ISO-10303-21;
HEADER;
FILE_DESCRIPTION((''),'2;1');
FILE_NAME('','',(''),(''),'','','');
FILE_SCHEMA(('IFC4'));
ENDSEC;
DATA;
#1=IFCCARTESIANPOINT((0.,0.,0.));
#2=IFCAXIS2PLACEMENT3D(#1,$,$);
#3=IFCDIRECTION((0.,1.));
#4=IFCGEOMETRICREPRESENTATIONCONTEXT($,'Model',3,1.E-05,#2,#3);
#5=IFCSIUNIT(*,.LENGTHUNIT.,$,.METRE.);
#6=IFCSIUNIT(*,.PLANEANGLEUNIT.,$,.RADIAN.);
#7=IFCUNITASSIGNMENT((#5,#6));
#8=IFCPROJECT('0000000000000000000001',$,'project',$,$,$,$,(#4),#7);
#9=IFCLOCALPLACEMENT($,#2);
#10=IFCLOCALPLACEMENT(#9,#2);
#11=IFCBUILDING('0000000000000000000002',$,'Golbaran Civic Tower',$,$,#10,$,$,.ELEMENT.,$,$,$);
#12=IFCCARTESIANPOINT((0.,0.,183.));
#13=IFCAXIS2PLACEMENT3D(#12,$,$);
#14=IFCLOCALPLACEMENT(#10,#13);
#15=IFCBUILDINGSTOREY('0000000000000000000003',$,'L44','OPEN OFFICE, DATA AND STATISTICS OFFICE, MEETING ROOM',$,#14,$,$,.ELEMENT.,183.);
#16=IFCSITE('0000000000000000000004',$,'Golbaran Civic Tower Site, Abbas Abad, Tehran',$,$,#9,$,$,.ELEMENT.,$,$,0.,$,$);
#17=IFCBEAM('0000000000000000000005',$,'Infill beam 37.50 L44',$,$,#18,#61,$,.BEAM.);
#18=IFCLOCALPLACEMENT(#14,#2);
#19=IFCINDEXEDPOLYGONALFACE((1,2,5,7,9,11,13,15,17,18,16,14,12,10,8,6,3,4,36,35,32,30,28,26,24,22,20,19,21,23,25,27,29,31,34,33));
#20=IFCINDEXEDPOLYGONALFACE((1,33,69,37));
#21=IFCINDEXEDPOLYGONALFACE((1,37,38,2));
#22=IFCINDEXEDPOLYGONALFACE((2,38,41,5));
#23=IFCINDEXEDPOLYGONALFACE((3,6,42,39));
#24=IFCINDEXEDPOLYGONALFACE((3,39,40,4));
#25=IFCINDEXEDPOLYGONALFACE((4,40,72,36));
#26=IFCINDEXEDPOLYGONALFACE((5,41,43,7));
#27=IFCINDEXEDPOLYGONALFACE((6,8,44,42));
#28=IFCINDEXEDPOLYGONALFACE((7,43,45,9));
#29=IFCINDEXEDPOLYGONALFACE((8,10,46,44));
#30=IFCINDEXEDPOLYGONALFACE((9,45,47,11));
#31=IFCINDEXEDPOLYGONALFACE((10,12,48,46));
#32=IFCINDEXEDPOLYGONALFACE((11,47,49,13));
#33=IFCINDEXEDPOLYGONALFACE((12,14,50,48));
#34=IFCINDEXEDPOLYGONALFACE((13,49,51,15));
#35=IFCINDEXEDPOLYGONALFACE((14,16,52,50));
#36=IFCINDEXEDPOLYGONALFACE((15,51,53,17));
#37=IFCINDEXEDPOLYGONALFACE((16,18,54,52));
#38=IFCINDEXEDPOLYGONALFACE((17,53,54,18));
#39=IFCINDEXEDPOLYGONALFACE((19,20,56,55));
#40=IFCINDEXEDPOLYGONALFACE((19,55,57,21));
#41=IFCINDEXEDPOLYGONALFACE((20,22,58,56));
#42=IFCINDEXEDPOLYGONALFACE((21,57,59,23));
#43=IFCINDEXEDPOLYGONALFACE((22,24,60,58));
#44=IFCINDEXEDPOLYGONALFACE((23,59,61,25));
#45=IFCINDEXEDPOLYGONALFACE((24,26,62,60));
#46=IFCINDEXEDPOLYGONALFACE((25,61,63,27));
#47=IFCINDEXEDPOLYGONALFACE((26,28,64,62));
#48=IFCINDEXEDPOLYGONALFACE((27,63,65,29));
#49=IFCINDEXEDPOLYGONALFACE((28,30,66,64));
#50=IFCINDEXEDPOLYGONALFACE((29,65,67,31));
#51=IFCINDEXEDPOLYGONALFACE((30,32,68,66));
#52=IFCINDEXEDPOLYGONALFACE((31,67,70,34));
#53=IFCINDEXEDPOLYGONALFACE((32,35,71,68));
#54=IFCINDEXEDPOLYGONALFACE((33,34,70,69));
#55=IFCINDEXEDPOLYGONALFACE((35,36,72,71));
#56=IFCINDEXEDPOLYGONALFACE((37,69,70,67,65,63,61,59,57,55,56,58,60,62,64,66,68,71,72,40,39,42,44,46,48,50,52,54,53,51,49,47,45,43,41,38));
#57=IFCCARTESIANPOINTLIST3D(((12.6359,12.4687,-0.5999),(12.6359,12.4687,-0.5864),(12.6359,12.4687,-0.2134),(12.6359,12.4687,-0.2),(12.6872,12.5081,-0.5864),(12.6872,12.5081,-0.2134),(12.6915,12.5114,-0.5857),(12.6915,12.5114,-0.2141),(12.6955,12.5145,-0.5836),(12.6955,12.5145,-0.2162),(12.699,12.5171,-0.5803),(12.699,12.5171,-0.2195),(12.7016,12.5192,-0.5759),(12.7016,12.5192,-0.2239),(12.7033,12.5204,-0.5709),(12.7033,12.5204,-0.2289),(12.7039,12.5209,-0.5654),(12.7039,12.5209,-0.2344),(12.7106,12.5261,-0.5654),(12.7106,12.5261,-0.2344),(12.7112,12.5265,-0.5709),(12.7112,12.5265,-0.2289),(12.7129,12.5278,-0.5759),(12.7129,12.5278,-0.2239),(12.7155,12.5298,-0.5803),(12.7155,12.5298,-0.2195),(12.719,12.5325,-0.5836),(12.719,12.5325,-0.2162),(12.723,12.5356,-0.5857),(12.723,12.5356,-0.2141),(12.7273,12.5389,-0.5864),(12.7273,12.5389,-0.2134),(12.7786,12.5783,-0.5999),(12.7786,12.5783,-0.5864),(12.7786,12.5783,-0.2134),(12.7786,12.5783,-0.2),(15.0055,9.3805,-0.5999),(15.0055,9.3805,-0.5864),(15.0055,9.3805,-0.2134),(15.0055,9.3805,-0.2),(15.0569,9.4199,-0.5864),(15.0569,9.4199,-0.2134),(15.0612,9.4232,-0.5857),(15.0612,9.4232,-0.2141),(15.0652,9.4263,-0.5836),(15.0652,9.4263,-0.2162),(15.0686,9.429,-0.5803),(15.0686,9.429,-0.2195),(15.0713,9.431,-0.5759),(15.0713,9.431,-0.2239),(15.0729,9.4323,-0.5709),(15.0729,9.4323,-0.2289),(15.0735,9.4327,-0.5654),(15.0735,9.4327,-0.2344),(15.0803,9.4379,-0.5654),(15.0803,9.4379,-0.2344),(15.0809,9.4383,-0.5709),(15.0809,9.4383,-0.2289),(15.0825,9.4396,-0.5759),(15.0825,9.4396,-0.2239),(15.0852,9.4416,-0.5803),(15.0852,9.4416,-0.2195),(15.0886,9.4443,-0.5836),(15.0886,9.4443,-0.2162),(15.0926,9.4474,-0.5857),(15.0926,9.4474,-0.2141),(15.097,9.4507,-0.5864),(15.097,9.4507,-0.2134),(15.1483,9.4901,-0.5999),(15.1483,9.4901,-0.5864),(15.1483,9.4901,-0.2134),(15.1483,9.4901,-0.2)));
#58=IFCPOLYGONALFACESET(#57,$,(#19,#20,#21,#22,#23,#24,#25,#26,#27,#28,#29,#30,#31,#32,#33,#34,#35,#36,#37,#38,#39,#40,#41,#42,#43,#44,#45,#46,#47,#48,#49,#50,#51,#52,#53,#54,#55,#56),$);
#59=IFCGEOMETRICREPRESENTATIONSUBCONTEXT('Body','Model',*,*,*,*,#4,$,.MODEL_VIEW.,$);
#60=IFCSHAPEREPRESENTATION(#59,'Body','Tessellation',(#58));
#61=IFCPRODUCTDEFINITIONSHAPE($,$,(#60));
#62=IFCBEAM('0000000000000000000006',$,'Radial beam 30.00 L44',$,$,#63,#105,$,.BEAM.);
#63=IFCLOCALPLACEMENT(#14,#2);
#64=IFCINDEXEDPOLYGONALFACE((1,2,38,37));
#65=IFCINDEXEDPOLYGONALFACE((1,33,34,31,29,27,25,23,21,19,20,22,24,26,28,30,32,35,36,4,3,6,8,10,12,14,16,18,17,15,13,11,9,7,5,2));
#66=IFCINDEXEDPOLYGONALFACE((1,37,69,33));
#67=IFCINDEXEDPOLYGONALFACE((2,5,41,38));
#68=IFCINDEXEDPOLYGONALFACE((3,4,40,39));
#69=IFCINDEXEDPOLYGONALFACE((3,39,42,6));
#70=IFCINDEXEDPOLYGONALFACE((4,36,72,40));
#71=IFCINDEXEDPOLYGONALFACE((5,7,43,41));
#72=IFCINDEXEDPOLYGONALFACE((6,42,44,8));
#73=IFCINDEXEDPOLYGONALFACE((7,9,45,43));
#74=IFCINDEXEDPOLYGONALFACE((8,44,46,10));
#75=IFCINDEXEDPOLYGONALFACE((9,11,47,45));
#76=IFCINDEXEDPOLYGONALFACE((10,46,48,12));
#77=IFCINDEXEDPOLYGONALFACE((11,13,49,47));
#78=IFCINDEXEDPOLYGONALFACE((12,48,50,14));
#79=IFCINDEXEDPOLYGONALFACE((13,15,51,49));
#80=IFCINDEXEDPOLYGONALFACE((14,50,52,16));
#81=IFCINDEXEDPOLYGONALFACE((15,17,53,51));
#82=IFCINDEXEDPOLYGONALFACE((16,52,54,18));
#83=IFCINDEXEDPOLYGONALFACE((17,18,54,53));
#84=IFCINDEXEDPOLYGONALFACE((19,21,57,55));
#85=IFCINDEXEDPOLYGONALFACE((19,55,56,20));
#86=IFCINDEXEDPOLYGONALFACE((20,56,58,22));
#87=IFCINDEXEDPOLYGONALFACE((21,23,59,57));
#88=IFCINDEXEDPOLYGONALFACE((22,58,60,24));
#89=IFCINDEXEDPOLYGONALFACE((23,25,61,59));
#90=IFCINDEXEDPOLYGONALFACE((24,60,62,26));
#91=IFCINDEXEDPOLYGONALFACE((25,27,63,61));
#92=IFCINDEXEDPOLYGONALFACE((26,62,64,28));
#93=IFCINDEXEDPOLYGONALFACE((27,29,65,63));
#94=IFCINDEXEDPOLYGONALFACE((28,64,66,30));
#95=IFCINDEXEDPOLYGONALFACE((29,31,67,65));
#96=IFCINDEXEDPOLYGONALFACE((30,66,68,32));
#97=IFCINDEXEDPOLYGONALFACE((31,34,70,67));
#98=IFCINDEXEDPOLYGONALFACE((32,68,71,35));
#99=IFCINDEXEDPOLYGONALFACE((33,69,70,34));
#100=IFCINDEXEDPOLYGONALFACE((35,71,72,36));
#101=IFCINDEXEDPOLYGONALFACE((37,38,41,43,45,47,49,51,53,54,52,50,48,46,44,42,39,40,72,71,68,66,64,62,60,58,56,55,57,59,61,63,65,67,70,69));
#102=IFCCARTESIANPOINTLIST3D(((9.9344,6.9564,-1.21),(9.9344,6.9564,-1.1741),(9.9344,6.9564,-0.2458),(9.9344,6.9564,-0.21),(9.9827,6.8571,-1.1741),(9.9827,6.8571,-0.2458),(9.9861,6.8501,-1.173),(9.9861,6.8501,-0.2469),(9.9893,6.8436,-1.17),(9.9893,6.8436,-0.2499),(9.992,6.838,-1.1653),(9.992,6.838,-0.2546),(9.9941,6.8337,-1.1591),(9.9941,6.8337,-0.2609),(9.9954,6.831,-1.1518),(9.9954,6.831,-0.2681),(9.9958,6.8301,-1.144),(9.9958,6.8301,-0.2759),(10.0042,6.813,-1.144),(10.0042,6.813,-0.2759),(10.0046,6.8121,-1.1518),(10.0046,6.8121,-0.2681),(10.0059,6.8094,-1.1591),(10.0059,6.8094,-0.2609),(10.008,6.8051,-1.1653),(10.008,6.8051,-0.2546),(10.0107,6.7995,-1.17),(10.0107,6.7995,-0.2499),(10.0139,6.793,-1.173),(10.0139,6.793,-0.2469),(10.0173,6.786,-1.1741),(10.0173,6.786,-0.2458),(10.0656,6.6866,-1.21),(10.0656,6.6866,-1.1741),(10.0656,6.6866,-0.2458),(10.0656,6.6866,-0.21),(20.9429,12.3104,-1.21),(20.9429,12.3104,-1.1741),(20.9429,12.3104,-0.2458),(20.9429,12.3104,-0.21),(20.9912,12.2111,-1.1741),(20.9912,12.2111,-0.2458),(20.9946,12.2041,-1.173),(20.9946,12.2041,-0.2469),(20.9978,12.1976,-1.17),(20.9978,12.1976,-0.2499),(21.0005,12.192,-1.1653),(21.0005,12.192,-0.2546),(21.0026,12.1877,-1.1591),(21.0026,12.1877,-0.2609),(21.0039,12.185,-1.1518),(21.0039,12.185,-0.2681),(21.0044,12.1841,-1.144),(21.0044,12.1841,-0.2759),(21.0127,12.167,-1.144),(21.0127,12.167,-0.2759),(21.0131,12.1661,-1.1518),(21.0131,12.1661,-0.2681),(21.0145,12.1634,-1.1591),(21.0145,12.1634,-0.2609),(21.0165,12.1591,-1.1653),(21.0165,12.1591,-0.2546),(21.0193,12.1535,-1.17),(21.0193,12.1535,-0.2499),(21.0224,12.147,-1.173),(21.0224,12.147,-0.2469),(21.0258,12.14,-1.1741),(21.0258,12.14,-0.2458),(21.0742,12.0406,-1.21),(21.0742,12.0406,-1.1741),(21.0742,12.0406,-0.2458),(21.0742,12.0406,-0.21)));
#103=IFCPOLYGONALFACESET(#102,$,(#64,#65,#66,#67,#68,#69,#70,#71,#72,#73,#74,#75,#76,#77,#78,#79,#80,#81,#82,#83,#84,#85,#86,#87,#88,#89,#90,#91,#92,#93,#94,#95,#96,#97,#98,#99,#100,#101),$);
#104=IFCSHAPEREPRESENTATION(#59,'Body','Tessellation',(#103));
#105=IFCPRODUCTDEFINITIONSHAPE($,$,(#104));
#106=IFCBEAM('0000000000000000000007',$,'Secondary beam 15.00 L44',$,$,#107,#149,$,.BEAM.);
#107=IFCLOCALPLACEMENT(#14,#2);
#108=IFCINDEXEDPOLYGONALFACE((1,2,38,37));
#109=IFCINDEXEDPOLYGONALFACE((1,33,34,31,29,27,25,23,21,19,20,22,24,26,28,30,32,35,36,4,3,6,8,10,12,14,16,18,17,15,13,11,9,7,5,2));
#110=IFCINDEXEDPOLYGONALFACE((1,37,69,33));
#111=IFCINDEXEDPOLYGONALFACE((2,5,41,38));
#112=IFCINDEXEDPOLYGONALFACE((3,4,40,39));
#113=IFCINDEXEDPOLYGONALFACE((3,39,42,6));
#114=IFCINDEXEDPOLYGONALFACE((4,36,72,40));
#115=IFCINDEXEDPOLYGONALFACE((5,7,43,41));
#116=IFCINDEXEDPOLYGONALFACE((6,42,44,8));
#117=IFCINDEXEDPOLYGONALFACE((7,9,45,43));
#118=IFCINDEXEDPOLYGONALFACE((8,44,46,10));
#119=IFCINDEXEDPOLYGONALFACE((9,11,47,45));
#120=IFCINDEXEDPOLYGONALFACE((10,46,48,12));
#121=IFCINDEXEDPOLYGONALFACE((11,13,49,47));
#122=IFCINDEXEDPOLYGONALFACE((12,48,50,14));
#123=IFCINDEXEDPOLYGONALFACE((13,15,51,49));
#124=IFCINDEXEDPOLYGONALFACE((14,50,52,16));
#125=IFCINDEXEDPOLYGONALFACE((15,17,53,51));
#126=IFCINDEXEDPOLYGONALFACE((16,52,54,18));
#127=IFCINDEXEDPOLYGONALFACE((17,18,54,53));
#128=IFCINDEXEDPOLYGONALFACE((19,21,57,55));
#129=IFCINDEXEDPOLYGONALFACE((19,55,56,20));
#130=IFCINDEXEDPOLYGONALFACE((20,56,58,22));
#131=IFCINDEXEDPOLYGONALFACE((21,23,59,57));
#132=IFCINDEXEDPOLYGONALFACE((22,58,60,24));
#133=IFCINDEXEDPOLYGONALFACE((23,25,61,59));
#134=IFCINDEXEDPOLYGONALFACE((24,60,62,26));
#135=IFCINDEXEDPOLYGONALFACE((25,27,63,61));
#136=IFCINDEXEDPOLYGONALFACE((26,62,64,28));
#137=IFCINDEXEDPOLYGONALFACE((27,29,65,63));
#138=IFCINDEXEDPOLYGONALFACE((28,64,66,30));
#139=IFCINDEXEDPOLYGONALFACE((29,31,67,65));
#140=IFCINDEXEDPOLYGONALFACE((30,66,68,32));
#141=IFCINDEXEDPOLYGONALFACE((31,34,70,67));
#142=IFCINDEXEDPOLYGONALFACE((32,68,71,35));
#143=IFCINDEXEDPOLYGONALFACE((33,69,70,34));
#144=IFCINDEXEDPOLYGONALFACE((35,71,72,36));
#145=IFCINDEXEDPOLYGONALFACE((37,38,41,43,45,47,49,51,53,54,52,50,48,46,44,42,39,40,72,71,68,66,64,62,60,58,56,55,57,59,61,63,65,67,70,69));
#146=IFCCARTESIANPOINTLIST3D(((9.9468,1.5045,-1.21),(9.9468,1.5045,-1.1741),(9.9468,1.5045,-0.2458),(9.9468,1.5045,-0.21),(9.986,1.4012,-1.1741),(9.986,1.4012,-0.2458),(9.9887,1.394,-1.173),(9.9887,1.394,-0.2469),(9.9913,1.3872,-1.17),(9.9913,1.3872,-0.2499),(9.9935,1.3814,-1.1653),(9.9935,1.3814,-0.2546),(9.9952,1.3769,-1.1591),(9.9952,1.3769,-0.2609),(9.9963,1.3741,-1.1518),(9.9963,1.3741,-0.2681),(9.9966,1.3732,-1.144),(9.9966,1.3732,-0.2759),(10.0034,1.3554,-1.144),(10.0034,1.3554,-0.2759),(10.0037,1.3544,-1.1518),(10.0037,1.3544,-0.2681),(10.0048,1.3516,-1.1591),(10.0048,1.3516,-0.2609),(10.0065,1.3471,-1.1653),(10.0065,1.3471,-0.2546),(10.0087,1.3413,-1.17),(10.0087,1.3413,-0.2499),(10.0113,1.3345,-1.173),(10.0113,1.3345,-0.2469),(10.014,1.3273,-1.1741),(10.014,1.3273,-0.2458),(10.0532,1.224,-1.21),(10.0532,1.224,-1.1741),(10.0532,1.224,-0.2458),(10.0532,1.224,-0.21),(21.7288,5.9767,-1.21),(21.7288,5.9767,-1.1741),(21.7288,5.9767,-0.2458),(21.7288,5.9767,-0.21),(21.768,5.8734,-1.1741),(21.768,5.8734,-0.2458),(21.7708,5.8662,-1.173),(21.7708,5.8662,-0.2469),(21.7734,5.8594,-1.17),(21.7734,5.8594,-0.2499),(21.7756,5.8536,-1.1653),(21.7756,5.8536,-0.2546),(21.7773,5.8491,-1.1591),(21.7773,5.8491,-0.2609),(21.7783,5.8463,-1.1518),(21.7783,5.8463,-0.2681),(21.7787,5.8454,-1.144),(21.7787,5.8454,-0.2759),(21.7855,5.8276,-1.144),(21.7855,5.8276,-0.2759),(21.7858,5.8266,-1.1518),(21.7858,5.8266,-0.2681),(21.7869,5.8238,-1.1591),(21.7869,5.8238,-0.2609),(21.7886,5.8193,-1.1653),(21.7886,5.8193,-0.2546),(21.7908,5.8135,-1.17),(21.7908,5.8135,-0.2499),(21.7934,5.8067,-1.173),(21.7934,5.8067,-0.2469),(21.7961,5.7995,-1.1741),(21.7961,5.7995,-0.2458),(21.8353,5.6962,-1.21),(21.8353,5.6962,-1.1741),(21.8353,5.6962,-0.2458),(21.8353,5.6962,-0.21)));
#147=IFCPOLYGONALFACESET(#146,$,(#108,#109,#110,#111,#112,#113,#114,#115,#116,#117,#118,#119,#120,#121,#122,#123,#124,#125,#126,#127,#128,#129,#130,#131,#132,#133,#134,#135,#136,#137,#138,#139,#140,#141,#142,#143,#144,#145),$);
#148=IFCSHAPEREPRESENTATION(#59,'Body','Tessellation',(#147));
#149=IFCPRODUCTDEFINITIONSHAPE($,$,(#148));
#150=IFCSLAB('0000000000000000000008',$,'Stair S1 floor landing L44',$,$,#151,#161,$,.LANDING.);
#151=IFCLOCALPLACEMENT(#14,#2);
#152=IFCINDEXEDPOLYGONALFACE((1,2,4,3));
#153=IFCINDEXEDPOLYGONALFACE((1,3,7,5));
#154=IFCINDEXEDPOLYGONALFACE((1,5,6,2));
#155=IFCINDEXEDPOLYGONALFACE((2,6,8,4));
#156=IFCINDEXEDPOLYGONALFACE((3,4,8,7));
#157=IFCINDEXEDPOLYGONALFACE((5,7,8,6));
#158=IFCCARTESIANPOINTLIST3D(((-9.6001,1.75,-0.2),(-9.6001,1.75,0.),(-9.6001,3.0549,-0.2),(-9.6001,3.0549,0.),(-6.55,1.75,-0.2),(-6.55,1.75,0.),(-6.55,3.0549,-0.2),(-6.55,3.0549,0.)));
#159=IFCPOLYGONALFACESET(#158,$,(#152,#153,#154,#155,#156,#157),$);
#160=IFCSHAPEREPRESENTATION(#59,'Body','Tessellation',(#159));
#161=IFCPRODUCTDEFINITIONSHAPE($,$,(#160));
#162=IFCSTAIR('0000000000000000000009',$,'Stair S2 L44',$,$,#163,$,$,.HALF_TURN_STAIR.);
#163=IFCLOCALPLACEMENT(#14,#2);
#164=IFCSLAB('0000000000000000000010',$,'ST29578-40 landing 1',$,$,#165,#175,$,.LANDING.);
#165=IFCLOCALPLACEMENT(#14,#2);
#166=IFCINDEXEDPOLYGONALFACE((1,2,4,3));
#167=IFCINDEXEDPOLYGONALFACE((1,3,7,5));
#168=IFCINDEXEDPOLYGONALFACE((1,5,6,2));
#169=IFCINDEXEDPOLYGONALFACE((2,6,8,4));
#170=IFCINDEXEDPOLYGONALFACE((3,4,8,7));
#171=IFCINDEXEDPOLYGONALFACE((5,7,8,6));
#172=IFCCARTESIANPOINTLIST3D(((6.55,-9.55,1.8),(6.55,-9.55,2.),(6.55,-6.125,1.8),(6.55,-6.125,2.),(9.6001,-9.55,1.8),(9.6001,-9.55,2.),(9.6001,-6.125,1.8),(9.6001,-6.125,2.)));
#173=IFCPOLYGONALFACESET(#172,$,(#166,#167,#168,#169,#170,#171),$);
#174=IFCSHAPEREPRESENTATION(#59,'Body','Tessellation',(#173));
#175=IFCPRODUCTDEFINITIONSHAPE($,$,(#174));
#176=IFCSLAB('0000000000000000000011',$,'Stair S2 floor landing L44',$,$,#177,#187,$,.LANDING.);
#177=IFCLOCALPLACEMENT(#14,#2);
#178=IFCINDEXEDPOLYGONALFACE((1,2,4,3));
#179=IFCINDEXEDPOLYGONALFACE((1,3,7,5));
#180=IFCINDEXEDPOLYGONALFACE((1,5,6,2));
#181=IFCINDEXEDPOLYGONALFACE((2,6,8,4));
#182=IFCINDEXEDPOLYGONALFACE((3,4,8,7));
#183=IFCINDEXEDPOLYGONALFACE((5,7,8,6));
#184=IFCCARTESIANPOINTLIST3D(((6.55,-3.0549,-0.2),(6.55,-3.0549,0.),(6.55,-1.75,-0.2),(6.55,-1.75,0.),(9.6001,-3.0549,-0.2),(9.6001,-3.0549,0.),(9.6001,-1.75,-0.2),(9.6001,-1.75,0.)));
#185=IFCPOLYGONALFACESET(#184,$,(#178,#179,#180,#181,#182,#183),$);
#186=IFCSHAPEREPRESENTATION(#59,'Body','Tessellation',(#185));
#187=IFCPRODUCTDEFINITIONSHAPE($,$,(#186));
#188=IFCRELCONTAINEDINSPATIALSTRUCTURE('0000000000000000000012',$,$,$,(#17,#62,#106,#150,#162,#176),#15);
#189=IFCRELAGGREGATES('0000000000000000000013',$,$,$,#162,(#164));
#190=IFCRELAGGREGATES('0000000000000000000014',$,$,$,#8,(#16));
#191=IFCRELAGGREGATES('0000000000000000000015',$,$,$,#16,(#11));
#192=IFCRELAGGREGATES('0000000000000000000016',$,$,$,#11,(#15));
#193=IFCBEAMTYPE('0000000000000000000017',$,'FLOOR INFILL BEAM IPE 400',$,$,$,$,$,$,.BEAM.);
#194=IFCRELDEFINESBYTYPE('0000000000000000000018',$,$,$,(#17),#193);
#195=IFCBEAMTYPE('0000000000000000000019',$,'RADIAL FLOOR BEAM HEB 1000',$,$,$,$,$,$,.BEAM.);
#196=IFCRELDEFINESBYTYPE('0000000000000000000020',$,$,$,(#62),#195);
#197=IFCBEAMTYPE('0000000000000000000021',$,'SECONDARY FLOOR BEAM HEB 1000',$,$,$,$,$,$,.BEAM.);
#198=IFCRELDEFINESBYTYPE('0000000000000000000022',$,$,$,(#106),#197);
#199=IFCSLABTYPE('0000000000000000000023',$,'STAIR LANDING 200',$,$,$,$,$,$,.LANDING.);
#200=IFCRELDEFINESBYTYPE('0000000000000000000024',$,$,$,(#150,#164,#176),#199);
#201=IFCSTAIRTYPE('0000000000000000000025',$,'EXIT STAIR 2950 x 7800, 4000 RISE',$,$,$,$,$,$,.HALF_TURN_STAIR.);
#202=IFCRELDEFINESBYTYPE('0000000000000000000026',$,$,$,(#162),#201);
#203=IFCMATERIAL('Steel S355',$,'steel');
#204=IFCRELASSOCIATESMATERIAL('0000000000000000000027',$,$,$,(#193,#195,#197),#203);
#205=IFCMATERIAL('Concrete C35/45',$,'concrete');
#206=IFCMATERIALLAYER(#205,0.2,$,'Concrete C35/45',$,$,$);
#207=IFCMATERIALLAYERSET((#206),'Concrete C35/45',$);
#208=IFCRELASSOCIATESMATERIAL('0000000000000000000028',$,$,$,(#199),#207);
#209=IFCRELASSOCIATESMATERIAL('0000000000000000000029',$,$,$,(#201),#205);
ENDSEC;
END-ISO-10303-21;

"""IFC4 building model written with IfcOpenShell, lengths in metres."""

from ifc_helpers import new_model, si_unit, direction, frame, origin, origin_2d, place, context, subcontext, project, spatial, polyline, i_section, outline, extrude, material, layer, layer_set, material_profile, profile_set, type_object, element, aggregate, save


model = new_model("IFC4")

# Units and contexts
model_context = context("Model", 3, precision=1e-05, world=origin(), true_north=direction((0.0, 1.0)))
body_context = subcontext(model_context, "Body", "Model", "MODEL_VIEW")
ifc_project = project(units=[si_unit("LENGTHUNIT", "METRE"), si_unit("PLANEANGLEUNIT", "RADIAN")], contexts=[model_context])

# Site, building, storey
site_placement = place(None, origin())
site = spatial("IfcSite", under=ifc_project, at=site_placement, Name="Golbaran Civic Tower Site, Abbas Abad, Tehran", CompositionType="ELEMENT", RefElevation=0.0)
building_placement = place(site_placement, origin())
building = spatial("IfcBuilding", under=site, at=building_placement, Name="Golbaran Civic Tower", CompositionType="ELEMENT")
storey_placement = place(building_placement, frame((0.0, 0.0, 183.0)))
storey = spatial("IfcBuildingStorey", under=building, at=storey_placement, Name="L44", Description="OPEN OFFICE, DATA AND STATISTICS OFFICE, MEETING ROOM", CompositionType="ELEMENT", Elevation=183.0)

# Beams
ifc_material_1 = material(Name="Steel S355", Category="steel")
ifc_material_profile_1 = material_profile(ifc_material_1, i_section(OverallWidth=0.1799, OverallDepth=0.3999, WebThickness=0.0085, FlangeThickness=0.0134, FilletRadius=0.021, at=origin_2d()), Name="IPE 400")
ifc_profile_set_1 = profile_set([ifc_material_profile_1], Name="Steel S355")
beam_type_1 = type_object("IfcBeamType", Name="FLOOR INFILL BEAM IPE 400", PredefinedType="BEAM", material=ifc_profile_set_1)
beam_1_placement = place(storey_placement, frame((15.0769, 9.4353, -0.3999), z_axis=(-0.608765, 0.793351, 0.0), x_axis=(-0.793351, -0.608765, 0.0)))
element("IfcBeam", 1, at=beam_1_placement, inside=storey, type_object=beam_type_1, Name="Infill beam 37.50 L44", PredefinedType="BEAM", context=body_context, shape_type="SweptSolid", body=[
    extrude(i_section(OverallWidth=0.1799, OverallDepth=0.3999, WebThickness=0.0085, FlangeThickness=0.0134, FilletRadius=0.021, at=origin_2d()), origin(), (0.0, 0.0, 1.0), 3.8926),
])
ifc_material_profile_2 = material_profile(ifc_material_1, i_section(OverallWidth=0.3, OverallDepth=1.0, WebThickness=0.019, FlangeThickness=0.0359, FilletRadius=0.03, at=origin_2d()), Name="HEB 1000")
ifc_profile_set_2 = profile_set([ifc_material_profile_2], Name="Steel S355")
beam_type_2 = type_object("IfcBeamType", Name="RADIAL FLOOR BEAM HEB 1000", PredefinedType="BEAM", material=ifc_profile_set_2)
beam_2_placement = place(storey_placement, frame((10.0, 6.8215, -0.71), z_axis=(0.899283, 0.437366, 0.0), x_axis=(-0.437366, 0.899283, 0.0)))
element("IfcBeam", 2, at=beam_2_placement, inside=storey, type_object=beam_type_2, Name="Radial beam 30.00 L44", PredefinedType="BEAM", context=body_context, shape_type="SweptSolid", body=[
    extrude(i_section(OverallWidth=0.3, OverallDepth=1.0, WebThickness=0.019, FlangeThickness=0.0359, FilletRadius=0.03, at=origin_2d()), origin(), (0.0, 0.0, 1.0), 12.2415),
])
ifc_material_profile_3 = material_profile(ifc_material_1, i_section(OverallWidth=0.3, OverallDepth=1.0, WebThickness=0.019, FlangeThickness=0.0359, FilletRadius=0.03, at=origin_2d()), Name="HEB 1000")
ifc_profile_set_3 = profile_set([ifc_material_profile_3], Name="Steel S355")
beam_type_3 = type_object("IfcBeamType", Name="SECONDARY FLOOR BEAM HEB 1000", PredefinedType="BEAM", material=ifc_profile_set_3)
beam_3_placement = place(storey_placement, frame((10.0, 1.3643, -0.71), z_axis=(0.934915, 0.354872, 0.0), x_axis=(-0.354872, 0.934915, 0.0)))
element("IfcBeam", 3, at=beam_3_placement, inside=storey, type_object=beam_type_3, Name="Secondary beam 15.00 L44", PredefinedType="BEAM", context=body_context, shape_type="SweptSolid", body=[
    extrude(i_section(OverallWidth=0.3, OverallDepth=1.0, WebThickness=0.019, FlangeThickness=0.0359, FilletRadius=0.03, at=origin_2d()), origin(), (0.0, 0.0, 1.0), 12.6023),
])

# Slab
ifc_material_2 = material(Name="Concrete C35/45", Category="concrete")
ifc_layer_1 = layer(ifc_material_2, 0.2, Name="Concrete C35/45")
ifc_layer_set_1 = layer_set([ifc_layer_1], Name="Concrete C35/45")
slab_type = type_object("IfcSlabType", Name="STAIR LANDING 200", PredefinedType="LANDING", material=ifc_layer_set_1)
slab_1_placement = place(storey_placement, frame((0.0, 0.0, -0.2)))
element("IfcSlab", 4, at=slab_1_placement, inside=storey, type_object=slab_type, Name="Stair S1 floor landing L44", PredefinedType="LANDING", context=body_context, shape_type="SweptSolid", body=[
    extrude(outline(polyline([(-9.6001, 1.75), (-9.6001, 3.0549), (-6.55, 3.0549), (-6.55, 1.75), (-9.6001, 1.75)])), origin(), (0.0, 0.0, 1.0), 0.2),
])

# Stair, slab
stair_type_1 = type_object("IfcStairType", Name="EXIT STAIR 2950 x 7800, 4000 RISE", PredefinedType="HALF_TURN_STAIR", material=ifc_material_2)
stair_1_placement = place(storey_placement, origin())
stair_1 = element("IfcStair", 5, at=stair_1_placement, inside=storey, type_object=stair_type_1, Name="Stair S2 L44", PredefinedType="HALF_TURN_STAIR")
slab_2_placement = place(storey_placement, frame((0.0, 0.0, 1.8)))
slab_2 = element("IfcSlab", 6, at=slab_2_placement, type_object=slab_type, Name="ST29578-40 landing 1", PredefinedType="LANDING", context=body_context, shape_type="SweptSolid", body=[
    extrude(outline(polyline([(9.6001, -6.125), (9.6001, -9.55), (6.55, -9.55), (6.55, -6.125), (9.6001, -6.125)])), origin(), (0.0, 0.0, 1.0), 0.2),
])
aggregate(stair_1, [slab_2])

# Slab
slab_3_placement = place(storey_placement, frame((0.0, 0.0, -0.2)))
element("IfcSlab", 7, at=slab_3_placement, inside=storey, type_object=slab_type, Name="Stair S2 floor landing L44", PredefinedType="LANDING", context=body_context, shape_type="SweptSolid", body=[
    extrude(outline(polyline([(9.6001, -1.75), (9.6001, -3.0549), (6.55, -3.0549), (6.55, -1.75), (9.6001, -1.75)])), origin(), (0.0, 0.0, 1.0), 0.2),
])

save(model, "model.ifc")
